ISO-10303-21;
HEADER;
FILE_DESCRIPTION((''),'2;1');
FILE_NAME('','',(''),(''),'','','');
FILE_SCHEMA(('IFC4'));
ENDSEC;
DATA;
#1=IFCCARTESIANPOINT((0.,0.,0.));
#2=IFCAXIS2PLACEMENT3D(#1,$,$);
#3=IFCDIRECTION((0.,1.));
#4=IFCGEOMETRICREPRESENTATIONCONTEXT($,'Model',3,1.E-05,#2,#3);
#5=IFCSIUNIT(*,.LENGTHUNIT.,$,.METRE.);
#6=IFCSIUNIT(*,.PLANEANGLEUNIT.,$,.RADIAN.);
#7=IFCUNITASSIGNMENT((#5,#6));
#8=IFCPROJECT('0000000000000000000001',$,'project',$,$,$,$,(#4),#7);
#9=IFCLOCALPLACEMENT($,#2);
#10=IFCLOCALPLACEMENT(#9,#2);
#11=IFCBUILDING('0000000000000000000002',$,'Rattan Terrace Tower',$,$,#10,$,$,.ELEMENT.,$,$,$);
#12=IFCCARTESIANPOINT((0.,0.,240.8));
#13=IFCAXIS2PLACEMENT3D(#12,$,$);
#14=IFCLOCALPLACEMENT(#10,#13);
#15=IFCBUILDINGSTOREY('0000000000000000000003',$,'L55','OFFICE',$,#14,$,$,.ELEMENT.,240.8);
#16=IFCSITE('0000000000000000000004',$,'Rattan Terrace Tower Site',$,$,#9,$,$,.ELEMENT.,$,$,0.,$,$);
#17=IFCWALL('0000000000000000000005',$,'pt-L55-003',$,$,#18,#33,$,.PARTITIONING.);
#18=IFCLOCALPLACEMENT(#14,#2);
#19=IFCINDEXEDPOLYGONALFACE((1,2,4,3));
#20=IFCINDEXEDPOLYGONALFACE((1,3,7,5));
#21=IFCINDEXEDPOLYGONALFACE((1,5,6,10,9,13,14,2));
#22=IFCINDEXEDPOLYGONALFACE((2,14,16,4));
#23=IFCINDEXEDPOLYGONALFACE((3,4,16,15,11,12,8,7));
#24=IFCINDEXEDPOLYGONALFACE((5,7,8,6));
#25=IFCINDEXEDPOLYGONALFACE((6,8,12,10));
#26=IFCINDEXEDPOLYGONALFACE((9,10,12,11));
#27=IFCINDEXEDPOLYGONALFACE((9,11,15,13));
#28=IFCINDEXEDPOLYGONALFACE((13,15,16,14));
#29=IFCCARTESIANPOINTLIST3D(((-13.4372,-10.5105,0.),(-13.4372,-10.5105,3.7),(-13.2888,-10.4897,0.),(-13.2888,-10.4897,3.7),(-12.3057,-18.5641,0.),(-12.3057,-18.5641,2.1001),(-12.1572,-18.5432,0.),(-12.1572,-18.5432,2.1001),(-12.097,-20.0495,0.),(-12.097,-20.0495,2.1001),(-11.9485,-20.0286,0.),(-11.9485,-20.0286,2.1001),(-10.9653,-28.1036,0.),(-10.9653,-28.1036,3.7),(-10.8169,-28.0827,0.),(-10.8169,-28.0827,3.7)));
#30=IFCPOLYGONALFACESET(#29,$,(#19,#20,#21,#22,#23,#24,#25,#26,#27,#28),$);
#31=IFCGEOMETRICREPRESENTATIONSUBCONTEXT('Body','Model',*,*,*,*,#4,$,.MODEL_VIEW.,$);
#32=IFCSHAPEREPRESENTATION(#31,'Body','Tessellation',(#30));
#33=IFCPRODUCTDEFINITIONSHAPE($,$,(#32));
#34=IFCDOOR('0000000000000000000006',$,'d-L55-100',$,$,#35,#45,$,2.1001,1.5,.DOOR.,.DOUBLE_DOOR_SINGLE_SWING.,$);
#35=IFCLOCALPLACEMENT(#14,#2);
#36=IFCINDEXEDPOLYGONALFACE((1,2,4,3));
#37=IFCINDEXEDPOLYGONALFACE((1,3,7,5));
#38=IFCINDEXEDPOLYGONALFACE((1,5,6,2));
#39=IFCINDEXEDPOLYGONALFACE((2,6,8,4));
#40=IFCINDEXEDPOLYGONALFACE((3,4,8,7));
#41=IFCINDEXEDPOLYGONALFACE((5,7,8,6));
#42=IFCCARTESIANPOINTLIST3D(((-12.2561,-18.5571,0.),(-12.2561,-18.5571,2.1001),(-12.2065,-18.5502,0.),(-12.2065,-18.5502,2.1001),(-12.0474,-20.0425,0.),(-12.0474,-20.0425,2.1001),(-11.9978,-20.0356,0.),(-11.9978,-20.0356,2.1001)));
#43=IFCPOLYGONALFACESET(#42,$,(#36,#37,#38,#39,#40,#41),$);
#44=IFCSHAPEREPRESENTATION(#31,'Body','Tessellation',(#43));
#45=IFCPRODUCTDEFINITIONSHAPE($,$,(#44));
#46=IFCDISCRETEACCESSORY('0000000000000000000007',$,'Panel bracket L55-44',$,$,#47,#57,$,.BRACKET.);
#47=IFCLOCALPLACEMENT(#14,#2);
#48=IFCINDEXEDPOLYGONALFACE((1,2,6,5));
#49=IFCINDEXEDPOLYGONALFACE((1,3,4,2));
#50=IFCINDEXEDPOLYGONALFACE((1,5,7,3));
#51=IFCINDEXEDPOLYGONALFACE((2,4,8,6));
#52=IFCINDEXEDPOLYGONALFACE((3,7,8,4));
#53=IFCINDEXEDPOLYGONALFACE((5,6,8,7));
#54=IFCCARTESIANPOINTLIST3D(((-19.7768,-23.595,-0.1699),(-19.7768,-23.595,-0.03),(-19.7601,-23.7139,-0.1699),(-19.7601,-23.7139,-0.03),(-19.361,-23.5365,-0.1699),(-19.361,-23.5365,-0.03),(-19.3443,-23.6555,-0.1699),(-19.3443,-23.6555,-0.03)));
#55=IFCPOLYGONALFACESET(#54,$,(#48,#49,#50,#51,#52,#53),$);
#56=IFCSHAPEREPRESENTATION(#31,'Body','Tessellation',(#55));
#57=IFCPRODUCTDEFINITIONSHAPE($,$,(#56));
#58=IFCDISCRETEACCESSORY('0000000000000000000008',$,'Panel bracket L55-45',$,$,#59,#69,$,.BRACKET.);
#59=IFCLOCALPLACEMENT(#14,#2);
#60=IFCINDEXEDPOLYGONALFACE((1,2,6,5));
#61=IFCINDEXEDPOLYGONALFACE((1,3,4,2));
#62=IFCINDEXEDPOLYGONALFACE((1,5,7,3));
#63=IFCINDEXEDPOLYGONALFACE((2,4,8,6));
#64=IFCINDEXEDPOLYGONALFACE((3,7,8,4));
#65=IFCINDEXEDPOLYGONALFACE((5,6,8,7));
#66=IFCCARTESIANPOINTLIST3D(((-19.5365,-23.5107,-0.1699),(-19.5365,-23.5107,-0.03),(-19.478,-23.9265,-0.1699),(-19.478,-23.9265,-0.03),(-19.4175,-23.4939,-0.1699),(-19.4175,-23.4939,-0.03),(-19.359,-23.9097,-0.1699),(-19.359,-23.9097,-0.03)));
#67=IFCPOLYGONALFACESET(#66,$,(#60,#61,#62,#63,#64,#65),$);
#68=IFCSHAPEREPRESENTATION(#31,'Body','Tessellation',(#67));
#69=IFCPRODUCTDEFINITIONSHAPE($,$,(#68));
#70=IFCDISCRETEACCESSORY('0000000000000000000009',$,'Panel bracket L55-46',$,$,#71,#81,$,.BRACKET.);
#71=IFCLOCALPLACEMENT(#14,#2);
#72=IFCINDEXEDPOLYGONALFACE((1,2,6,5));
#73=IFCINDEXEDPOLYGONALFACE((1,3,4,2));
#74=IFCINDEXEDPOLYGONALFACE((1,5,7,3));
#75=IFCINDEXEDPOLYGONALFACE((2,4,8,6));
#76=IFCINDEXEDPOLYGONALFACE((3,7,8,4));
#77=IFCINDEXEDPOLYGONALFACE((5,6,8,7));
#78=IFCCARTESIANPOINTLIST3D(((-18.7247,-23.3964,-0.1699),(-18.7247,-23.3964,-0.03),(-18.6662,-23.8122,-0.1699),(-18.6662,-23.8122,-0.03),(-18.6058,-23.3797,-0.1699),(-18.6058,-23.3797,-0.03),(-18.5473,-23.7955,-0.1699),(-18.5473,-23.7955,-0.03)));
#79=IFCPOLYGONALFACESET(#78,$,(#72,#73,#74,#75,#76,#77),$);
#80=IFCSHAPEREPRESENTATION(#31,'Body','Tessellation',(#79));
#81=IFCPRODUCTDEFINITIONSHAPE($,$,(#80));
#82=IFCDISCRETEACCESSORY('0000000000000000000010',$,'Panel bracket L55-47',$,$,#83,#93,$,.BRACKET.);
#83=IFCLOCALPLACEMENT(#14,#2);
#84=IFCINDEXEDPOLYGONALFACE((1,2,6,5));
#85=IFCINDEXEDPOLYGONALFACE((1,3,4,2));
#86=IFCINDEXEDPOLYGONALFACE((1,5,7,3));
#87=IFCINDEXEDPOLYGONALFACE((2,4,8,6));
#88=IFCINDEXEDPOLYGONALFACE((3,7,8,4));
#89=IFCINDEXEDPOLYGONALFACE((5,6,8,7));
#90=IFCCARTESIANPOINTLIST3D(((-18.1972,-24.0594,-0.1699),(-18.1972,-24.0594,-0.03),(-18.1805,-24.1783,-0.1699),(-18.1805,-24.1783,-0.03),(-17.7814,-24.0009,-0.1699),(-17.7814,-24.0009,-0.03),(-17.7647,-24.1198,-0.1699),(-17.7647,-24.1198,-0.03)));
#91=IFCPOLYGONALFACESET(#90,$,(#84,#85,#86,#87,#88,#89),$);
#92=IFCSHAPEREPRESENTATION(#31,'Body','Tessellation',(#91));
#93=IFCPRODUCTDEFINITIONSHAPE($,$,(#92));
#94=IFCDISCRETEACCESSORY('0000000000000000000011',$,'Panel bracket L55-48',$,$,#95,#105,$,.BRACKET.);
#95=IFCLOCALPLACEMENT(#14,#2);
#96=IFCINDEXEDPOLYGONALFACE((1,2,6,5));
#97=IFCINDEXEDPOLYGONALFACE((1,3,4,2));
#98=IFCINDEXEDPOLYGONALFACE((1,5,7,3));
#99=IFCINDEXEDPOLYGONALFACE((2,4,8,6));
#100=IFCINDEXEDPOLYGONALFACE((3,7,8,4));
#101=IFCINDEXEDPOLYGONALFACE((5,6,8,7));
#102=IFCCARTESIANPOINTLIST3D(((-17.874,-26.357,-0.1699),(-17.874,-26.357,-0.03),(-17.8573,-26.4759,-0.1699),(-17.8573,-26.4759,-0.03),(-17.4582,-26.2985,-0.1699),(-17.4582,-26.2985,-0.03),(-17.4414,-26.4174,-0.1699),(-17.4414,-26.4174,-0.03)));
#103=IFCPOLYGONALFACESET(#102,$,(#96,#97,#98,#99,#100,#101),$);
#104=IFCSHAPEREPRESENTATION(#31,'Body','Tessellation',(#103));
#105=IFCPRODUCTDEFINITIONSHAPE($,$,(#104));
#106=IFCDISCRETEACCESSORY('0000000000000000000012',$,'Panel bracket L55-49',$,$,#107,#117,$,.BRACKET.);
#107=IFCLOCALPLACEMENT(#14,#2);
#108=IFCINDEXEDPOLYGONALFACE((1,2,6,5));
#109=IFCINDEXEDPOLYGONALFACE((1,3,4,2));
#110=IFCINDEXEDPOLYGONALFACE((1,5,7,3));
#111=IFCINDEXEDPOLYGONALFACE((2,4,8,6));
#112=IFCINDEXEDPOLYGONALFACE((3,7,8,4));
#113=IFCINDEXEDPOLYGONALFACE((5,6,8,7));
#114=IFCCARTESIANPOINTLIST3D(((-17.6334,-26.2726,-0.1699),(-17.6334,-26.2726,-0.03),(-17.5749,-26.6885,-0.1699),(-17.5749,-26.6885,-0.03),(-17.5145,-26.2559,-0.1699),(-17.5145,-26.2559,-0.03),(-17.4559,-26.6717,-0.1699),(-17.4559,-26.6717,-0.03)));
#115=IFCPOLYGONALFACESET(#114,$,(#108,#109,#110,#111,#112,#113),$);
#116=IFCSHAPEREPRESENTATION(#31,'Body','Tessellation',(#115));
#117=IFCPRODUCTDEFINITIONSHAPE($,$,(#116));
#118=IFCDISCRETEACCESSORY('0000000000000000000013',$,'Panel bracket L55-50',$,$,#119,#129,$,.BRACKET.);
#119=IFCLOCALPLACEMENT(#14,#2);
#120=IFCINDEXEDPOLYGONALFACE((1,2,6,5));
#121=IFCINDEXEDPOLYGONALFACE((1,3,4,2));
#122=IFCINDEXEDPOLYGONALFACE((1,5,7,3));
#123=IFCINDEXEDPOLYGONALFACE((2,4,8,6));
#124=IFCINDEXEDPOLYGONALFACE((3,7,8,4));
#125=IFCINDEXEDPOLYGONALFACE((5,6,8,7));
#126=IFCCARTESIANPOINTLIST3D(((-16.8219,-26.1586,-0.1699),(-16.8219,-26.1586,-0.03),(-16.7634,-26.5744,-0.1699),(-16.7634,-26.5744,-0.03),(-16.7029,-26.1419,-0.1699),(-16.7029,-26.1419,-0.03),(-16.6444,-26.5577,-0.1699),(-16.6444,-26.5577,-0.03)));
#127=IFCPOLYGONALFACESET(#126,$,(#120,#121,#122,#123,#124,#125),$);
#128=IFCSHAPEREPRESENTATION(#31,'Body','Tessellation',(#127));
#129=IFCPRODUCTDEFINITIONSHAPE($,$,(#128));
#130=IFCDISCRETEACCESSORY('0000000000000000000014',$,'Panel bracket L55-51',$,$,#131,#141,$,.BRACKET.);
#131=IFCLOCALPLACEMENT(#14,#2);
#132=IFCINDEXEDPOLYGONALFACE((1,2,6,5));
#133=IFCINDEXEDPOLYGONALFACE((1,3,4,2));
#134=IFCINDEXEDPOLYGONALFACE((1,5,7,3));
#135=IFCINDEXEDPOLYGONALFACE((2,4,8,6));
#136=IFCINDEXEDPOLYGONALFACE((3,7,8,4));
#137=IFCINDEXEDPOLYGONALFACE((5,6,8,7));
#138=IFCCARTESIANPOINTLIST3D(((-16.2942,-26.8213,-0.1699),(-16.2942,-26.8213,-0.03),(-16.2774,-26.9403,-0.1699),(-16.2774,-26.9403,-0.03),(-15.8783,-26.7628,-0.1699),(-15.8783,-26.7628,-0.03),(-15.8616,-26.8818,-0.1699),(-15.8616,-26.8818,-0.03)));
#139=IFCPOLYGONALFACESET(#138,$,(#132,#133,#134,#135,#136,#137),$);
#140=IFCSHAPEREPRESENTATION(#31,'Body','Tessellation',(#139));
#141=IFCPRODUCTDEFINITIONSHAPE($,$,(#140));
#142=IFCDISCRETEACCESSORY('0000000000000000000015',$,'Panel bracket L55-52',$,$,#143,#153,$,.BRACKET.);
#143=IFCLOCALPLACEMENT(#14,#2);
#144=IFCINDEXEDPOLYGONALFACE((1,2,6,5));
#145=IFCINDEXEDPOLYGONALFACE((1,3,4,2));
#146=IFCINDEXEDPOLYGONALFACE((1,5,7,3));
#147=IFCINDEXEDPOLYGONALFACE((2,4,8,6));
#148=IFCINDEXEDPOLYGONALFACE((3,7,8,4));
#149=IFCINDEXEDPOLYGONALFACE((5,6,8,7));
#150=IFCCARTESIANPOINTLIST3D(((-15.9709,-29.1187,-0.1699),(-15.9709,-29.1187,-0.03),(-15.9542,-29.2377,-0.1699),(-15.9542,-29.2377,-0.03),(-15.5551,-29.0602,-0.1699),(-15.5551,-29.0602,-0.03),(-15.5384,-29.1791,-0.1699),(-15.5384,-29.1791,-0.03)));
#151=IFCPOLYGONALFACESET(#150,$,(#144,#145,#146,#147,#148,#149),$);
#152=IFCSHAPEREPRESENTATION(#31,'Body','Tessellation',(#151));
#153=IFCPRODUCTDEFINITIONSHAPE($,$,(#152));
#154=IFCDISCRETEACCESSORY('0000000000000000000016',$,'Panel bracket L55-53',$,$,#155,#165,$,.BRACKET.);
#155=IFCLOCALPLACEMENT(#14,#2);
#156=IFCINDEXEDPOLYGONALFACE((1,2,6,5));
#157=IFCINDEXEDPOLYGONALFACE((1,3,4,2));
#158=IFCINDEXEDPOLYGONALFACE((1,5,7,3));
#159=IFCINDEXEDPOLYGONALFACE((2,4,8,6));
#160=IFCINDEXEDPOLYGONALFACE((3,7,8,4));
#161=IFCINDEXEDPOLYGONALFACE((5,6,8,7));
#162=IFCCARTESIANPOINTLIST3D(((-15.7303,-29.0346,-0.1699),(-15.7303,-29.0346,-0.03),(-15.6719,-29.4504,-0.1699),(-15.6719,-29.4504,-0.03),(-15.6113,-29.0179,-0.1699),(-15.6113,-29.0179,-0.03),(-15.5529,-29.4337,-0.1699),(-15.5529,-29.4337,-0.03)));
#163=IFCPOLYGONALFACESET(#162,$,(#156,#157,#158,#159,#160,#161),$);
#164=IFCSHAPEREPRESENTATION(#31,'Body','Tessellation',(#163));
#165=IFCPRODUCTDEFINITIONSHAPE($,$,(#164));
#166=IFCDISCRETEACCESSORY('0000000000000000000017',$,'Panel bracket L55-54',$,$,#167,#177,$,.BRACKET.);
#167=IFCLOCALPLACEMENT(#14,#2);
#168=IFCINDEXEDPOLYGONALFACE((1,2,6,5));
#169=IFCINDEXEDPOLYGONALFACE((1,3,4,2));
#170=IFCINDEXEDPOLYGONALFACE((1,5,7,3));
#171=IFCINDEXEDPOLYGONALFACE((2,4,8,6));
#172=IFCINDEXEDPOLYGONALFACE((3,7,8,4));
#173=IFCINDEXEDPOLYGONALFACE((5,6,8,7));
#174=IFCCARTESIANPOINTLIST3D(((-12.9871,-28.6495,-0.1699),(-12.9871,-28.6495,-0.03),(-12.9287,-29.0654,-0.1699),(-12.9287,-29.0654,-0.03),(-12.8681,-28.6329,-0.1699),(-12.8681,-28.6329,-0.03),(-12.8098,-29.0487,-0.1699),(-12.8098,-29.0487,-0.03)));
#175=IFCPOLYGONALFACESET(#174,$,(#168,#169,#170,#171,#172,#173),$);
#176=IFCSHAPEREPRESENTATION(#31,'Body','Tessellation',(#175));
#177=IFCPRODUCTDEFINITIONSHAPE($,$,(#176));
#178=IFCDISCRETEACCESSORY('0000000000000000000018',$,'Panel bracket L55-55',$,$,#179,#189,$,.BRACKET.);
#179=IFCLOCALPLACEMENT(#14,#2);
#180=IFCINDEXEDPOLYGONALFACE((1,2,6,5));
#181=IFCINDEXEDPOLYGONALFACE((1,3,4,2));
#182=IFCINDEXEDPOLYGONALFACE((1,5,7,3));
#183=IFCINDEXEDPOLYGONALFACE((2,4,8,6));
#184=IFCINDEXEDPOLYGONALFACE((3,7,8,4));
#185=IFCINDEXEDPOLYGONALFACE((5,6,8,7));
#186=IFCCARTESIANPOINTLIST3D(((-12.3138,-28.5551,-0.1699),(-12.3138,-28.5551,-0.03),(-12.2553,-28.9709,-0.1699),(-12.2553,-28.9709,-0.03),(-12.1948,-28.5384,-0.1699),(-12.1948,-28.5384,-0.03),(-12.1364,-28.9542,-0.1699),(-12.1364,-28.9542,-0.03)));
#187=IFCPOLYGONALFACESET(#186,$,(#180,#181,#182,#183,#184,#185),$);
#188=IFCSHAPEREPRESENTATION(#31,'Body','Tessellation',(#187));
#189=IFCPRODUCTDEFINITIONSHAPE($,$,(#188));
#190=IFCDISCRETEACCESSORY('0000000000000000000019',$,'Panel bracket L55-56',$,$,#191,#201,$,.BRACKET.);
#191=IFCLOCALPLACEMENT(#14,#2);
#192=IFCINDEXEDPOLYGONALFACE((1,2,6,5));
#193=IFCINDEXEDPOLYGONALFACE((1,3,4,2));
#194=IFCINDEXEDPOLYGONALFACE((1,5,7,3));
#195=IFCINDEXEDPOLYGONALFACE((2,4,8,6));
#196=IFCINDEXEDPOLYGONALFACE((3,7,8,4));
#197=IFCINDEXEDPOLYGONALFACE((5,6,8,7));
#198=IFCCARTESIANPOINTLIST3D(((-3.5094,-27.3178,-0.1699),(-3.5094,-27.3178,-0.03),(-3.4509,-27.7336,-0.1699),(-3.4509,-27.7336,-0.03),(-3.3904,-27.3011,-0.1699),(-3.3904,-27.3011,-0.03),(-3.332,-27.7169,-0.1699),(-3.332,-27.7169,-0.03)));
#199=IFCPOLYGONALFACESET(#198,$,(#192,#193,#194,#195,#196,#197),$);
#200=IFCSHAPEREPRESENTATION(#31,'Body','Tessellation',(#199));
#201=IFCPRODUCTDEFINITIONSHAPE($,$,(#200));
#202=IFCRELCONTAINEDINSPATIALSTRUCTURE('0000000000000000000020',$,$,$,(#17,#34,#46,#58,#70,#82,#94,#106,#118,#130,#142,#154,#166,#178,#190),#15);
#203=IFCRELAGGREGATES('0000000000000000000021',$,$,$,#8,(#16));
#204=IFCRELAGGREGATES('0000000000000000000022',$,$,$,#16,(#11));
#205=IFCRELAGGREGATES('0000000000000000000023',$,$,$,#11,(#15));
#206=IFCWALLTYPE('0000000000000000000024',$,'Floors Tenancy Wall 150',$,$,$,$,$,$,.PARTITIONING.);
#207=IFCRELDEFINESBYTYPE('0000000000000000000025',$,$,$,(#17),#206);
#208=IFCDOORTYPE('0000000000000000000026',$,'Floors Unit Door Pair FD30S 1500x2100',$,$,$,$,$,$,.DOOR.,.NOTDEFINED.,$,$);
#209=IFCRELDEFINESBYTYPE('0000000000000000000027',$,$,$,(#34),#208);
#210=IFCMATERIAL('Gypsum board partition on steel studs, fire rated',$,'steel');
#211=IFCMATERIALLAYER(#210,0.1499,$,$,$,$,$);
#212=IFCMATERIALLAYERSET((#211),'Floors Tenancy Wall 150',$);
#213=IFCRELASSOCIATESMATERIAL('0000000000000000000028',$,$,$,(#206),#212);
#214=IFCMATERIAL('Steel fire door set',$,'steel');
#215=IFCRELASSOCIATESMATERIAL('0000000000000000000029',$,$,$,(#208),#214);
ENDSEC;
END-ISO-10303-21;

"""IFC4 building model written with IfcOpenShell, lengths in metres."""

from ifc_helpers import new_model, si_unit, direction, frame, frame_2d, origin, origin_2d, place, context, subcontext, project, spatial, rectangle, extrude, material, layer, layer_set, type_object, element, fill, save


model = new_model("IFC4")

# Units and contexts
model_context = context("Model", 3, precision=1e-05, world=origin(), true_north=direction((0.0, 1.0)))
body_context = subcontext(model_context, "Body", "Model", "MODEL_VIEW")
ifc_project = project(units=[si_unit("LENGTHUNIT", "METRE"), si_unit("PLANEANGLEUNIT", "RADIAN")], contexts=[model_context])

# Site, building, storey
site_placement = place(None, origin())
site = spatial("IfcSite", under=ifc_project, at=site_placement, Name="Rattan Terrace Tower Site", CompositionType="ELEMENT", RefElevation=0.0)
building_placement = place(site_placement, origin())
building = spatial("IfcBuilding", under=site, at=building_placement, Name="Rattan Terrace Tower", CompositionType="ELEMENT")
storey_placement = place(building_placement, frame((0.0, 0.0, 240.8)))
storey = spatial("IfcBuildingStorey", under=building, at=storey_placement, Name="L55", Description="OFFICE", CompositionType="ELEMENT", Elevation=240.8)

# Wall, opening, door
ifc_material_1 = material(Name="Gypsum board partition on steel studs, fire rated", Category="steel")
ifc_layer_1 = layer(ifc_material_1, 0.1499)
ifc_layer_set_1 = layer_set([ifc_layer_1], Name="Floors Tenancy Wall 150")
wall_type_1 = type_object("IfcWallType", Name="Floors Tenancy Wall 150", PredefinedType="PARTITIONING", material=ifc_layer_set_1)
wall_1_placement = place(storey_placement, frame((-10.8911, -28.093, 0.0), z_axis=(0.0, 0.0, 1.0), x_axis=(-0.139139, 0.990273, 0.0)))
wall_1 = element("IfcWall", 1, at=wall_1_placement, inside=storey, type_object=wall_type_1, Name="pt-L55-003", PredefinedType="PARTITIONING", context=body_context, shape_type="SweptSolid", body=[
    extrude(rectangle(XDim=17.7659, YDim=0.1499, at=frame_2d((8.8828, 0.0))), origin(), (0.0, 0.0, 1.0), 3.7),
])
opening_placement = place(wall_1_placement, frame((8.1331, 0.0, 0.0)))
opening = element("IfcOpeningElement", 2, at=opening_placement, cuts=wall_1, PredefinedType="OPENING", context=body_context, shape_type="SweptSolid", body=[
    extrude(rectangle(XDim=1.5, YDim=2.1001, at=frame_2d((0.75, 1.05))), frame((0.0, 0.0854, 0.0), z_axis=(0.0, -1.0, 0.0), x_axis=(1.0, 0.0, 0.0)), (0.0, 0.0, 1.0), 0.1709),
])
ifc_material_2 = material(Name="Steel fire door set", Category="steel")
door_type = type_object("IfcDoorType", Name="Floors Unit Door Pair FD30S 1500x2100", OperationType="NOTDEFINED", PredefinedType="DOOR", material=ifc_material_2)
door_placement = place(opening_placement, origin())
door = element("IfcDoor", 3, at=door_placement, inside=storey, type_object=door_type, Name="d-L55-100", OperationType="DOUBLE_DOOR_SINGLE_SWING", OverallHeight=2.1001, OverallWidth=1.5, PredefinedType="DOOR", context=body_context, shape_type="SweptSolid", body=[
    extrude(rectangle(XDim=1.5, YDim=2.1001, at=frame_2d((0.75, 1.05))), frame((0.0, 0.0249, 0.0), z_axis=(0.0, -1.0, 0.0), x_axis=(1.0, 0.0, 0.0)), (0.0, 0.0, 1.0), 0.05),
])
fill(opening, door)

# Discrete accessories
for number, where, z_axis, x_axis, name in (
    (4, (-19.5605, -23.6252, -0.1699), (0.0, 0.0, 1.0), (0.139186, -0.990266, 0.0), "Panel bracket L55-44"),
    (5, (-19.4478, -23.7102, -0.1699), (0.0, 0.0, 1.0), (0.990241, 0.139367, 0.0), "Panel bracket L55-45"),
    (6, (-18.636, -23.5959, -0.1699), (0.0, 0.0, 1.0), (0.990241, 0.139367, 0.0), "Panel bracket L55-46"),
    (7, (-17.981, -24.0896, -0.1699), (0.0, 0.0, 1.0), (0.139321, -0.990247, 0.0), "Panel bracket L55-47"),
    (8, (-17.6577, -26.3872, -0.1699), (0.0, 0.0, 1.0), (0.139321, -0.990247, 0.0), "Panel bracket L55-48"),
    (9, (-17.5447, -26.4722, -0.1699), (0.0, 0.0, 1.0), (0.990241, 0.139367, 0.0), "Panel bracket L55-49"),
    (10, (-16.7332, -26.3582, -0.1699), (0.0, 0.0, 1.0), (0.990241, 0.139367, 0.0), "Panel bracket L55-50"),
    (11, (-16.0779, -26.8516, -0.1699), (0.0, 0.0, 1.0), (0.139321, -0.990247, 0.0), "Panel bracket L55-51"),
    (12, (-15.7546, -29.1489, -0.1699), (0.0, 0.0, 1.0), (0.139321, -0.990247, 0.0), "Panel bracket L55-52"),
    (13, (-15.6416, -29.2341, -0.1699), (0.0, 0.0, 1.0), (0.990293, 0.138994, 0.0), "Panel bracket L55-53"),
    (14, (-12.8984, -28.8491, -0.1699), (0.0, 0.0, 1.0), (0.990293, 0.138994, 0.0), "Panel bracket L55-54"),
    (15, (-12.2251, -28.7546, -0.1699), (0.0, 0.0, 1.0), (0.990267, 0.139177, 0.0), "Panel bracket L55-55"),
    (16, (-3.4207, -27.5173, -0.1699), (0.0, 0.0, 1.0), (0.990267, 0.139177, 0.0), "Panel bracket L55-56"),
):
    element("IfcDiscreteAccessory", number, at=place(storey_placement, frame(where, z_axis=z_axis, x_axis=x_axis)), inside=storey, Name=name, PredefinedType="BRACKET", context=body_context, shape_type="SweptSolid", body=[
        extrude(rectangle(XDim=0.1201, YDim=0.4199, at=origin_2d()), origin(), (0.0, 0.0, 1.0), 0.1399),
    ])

save(model, "model.ifc")
